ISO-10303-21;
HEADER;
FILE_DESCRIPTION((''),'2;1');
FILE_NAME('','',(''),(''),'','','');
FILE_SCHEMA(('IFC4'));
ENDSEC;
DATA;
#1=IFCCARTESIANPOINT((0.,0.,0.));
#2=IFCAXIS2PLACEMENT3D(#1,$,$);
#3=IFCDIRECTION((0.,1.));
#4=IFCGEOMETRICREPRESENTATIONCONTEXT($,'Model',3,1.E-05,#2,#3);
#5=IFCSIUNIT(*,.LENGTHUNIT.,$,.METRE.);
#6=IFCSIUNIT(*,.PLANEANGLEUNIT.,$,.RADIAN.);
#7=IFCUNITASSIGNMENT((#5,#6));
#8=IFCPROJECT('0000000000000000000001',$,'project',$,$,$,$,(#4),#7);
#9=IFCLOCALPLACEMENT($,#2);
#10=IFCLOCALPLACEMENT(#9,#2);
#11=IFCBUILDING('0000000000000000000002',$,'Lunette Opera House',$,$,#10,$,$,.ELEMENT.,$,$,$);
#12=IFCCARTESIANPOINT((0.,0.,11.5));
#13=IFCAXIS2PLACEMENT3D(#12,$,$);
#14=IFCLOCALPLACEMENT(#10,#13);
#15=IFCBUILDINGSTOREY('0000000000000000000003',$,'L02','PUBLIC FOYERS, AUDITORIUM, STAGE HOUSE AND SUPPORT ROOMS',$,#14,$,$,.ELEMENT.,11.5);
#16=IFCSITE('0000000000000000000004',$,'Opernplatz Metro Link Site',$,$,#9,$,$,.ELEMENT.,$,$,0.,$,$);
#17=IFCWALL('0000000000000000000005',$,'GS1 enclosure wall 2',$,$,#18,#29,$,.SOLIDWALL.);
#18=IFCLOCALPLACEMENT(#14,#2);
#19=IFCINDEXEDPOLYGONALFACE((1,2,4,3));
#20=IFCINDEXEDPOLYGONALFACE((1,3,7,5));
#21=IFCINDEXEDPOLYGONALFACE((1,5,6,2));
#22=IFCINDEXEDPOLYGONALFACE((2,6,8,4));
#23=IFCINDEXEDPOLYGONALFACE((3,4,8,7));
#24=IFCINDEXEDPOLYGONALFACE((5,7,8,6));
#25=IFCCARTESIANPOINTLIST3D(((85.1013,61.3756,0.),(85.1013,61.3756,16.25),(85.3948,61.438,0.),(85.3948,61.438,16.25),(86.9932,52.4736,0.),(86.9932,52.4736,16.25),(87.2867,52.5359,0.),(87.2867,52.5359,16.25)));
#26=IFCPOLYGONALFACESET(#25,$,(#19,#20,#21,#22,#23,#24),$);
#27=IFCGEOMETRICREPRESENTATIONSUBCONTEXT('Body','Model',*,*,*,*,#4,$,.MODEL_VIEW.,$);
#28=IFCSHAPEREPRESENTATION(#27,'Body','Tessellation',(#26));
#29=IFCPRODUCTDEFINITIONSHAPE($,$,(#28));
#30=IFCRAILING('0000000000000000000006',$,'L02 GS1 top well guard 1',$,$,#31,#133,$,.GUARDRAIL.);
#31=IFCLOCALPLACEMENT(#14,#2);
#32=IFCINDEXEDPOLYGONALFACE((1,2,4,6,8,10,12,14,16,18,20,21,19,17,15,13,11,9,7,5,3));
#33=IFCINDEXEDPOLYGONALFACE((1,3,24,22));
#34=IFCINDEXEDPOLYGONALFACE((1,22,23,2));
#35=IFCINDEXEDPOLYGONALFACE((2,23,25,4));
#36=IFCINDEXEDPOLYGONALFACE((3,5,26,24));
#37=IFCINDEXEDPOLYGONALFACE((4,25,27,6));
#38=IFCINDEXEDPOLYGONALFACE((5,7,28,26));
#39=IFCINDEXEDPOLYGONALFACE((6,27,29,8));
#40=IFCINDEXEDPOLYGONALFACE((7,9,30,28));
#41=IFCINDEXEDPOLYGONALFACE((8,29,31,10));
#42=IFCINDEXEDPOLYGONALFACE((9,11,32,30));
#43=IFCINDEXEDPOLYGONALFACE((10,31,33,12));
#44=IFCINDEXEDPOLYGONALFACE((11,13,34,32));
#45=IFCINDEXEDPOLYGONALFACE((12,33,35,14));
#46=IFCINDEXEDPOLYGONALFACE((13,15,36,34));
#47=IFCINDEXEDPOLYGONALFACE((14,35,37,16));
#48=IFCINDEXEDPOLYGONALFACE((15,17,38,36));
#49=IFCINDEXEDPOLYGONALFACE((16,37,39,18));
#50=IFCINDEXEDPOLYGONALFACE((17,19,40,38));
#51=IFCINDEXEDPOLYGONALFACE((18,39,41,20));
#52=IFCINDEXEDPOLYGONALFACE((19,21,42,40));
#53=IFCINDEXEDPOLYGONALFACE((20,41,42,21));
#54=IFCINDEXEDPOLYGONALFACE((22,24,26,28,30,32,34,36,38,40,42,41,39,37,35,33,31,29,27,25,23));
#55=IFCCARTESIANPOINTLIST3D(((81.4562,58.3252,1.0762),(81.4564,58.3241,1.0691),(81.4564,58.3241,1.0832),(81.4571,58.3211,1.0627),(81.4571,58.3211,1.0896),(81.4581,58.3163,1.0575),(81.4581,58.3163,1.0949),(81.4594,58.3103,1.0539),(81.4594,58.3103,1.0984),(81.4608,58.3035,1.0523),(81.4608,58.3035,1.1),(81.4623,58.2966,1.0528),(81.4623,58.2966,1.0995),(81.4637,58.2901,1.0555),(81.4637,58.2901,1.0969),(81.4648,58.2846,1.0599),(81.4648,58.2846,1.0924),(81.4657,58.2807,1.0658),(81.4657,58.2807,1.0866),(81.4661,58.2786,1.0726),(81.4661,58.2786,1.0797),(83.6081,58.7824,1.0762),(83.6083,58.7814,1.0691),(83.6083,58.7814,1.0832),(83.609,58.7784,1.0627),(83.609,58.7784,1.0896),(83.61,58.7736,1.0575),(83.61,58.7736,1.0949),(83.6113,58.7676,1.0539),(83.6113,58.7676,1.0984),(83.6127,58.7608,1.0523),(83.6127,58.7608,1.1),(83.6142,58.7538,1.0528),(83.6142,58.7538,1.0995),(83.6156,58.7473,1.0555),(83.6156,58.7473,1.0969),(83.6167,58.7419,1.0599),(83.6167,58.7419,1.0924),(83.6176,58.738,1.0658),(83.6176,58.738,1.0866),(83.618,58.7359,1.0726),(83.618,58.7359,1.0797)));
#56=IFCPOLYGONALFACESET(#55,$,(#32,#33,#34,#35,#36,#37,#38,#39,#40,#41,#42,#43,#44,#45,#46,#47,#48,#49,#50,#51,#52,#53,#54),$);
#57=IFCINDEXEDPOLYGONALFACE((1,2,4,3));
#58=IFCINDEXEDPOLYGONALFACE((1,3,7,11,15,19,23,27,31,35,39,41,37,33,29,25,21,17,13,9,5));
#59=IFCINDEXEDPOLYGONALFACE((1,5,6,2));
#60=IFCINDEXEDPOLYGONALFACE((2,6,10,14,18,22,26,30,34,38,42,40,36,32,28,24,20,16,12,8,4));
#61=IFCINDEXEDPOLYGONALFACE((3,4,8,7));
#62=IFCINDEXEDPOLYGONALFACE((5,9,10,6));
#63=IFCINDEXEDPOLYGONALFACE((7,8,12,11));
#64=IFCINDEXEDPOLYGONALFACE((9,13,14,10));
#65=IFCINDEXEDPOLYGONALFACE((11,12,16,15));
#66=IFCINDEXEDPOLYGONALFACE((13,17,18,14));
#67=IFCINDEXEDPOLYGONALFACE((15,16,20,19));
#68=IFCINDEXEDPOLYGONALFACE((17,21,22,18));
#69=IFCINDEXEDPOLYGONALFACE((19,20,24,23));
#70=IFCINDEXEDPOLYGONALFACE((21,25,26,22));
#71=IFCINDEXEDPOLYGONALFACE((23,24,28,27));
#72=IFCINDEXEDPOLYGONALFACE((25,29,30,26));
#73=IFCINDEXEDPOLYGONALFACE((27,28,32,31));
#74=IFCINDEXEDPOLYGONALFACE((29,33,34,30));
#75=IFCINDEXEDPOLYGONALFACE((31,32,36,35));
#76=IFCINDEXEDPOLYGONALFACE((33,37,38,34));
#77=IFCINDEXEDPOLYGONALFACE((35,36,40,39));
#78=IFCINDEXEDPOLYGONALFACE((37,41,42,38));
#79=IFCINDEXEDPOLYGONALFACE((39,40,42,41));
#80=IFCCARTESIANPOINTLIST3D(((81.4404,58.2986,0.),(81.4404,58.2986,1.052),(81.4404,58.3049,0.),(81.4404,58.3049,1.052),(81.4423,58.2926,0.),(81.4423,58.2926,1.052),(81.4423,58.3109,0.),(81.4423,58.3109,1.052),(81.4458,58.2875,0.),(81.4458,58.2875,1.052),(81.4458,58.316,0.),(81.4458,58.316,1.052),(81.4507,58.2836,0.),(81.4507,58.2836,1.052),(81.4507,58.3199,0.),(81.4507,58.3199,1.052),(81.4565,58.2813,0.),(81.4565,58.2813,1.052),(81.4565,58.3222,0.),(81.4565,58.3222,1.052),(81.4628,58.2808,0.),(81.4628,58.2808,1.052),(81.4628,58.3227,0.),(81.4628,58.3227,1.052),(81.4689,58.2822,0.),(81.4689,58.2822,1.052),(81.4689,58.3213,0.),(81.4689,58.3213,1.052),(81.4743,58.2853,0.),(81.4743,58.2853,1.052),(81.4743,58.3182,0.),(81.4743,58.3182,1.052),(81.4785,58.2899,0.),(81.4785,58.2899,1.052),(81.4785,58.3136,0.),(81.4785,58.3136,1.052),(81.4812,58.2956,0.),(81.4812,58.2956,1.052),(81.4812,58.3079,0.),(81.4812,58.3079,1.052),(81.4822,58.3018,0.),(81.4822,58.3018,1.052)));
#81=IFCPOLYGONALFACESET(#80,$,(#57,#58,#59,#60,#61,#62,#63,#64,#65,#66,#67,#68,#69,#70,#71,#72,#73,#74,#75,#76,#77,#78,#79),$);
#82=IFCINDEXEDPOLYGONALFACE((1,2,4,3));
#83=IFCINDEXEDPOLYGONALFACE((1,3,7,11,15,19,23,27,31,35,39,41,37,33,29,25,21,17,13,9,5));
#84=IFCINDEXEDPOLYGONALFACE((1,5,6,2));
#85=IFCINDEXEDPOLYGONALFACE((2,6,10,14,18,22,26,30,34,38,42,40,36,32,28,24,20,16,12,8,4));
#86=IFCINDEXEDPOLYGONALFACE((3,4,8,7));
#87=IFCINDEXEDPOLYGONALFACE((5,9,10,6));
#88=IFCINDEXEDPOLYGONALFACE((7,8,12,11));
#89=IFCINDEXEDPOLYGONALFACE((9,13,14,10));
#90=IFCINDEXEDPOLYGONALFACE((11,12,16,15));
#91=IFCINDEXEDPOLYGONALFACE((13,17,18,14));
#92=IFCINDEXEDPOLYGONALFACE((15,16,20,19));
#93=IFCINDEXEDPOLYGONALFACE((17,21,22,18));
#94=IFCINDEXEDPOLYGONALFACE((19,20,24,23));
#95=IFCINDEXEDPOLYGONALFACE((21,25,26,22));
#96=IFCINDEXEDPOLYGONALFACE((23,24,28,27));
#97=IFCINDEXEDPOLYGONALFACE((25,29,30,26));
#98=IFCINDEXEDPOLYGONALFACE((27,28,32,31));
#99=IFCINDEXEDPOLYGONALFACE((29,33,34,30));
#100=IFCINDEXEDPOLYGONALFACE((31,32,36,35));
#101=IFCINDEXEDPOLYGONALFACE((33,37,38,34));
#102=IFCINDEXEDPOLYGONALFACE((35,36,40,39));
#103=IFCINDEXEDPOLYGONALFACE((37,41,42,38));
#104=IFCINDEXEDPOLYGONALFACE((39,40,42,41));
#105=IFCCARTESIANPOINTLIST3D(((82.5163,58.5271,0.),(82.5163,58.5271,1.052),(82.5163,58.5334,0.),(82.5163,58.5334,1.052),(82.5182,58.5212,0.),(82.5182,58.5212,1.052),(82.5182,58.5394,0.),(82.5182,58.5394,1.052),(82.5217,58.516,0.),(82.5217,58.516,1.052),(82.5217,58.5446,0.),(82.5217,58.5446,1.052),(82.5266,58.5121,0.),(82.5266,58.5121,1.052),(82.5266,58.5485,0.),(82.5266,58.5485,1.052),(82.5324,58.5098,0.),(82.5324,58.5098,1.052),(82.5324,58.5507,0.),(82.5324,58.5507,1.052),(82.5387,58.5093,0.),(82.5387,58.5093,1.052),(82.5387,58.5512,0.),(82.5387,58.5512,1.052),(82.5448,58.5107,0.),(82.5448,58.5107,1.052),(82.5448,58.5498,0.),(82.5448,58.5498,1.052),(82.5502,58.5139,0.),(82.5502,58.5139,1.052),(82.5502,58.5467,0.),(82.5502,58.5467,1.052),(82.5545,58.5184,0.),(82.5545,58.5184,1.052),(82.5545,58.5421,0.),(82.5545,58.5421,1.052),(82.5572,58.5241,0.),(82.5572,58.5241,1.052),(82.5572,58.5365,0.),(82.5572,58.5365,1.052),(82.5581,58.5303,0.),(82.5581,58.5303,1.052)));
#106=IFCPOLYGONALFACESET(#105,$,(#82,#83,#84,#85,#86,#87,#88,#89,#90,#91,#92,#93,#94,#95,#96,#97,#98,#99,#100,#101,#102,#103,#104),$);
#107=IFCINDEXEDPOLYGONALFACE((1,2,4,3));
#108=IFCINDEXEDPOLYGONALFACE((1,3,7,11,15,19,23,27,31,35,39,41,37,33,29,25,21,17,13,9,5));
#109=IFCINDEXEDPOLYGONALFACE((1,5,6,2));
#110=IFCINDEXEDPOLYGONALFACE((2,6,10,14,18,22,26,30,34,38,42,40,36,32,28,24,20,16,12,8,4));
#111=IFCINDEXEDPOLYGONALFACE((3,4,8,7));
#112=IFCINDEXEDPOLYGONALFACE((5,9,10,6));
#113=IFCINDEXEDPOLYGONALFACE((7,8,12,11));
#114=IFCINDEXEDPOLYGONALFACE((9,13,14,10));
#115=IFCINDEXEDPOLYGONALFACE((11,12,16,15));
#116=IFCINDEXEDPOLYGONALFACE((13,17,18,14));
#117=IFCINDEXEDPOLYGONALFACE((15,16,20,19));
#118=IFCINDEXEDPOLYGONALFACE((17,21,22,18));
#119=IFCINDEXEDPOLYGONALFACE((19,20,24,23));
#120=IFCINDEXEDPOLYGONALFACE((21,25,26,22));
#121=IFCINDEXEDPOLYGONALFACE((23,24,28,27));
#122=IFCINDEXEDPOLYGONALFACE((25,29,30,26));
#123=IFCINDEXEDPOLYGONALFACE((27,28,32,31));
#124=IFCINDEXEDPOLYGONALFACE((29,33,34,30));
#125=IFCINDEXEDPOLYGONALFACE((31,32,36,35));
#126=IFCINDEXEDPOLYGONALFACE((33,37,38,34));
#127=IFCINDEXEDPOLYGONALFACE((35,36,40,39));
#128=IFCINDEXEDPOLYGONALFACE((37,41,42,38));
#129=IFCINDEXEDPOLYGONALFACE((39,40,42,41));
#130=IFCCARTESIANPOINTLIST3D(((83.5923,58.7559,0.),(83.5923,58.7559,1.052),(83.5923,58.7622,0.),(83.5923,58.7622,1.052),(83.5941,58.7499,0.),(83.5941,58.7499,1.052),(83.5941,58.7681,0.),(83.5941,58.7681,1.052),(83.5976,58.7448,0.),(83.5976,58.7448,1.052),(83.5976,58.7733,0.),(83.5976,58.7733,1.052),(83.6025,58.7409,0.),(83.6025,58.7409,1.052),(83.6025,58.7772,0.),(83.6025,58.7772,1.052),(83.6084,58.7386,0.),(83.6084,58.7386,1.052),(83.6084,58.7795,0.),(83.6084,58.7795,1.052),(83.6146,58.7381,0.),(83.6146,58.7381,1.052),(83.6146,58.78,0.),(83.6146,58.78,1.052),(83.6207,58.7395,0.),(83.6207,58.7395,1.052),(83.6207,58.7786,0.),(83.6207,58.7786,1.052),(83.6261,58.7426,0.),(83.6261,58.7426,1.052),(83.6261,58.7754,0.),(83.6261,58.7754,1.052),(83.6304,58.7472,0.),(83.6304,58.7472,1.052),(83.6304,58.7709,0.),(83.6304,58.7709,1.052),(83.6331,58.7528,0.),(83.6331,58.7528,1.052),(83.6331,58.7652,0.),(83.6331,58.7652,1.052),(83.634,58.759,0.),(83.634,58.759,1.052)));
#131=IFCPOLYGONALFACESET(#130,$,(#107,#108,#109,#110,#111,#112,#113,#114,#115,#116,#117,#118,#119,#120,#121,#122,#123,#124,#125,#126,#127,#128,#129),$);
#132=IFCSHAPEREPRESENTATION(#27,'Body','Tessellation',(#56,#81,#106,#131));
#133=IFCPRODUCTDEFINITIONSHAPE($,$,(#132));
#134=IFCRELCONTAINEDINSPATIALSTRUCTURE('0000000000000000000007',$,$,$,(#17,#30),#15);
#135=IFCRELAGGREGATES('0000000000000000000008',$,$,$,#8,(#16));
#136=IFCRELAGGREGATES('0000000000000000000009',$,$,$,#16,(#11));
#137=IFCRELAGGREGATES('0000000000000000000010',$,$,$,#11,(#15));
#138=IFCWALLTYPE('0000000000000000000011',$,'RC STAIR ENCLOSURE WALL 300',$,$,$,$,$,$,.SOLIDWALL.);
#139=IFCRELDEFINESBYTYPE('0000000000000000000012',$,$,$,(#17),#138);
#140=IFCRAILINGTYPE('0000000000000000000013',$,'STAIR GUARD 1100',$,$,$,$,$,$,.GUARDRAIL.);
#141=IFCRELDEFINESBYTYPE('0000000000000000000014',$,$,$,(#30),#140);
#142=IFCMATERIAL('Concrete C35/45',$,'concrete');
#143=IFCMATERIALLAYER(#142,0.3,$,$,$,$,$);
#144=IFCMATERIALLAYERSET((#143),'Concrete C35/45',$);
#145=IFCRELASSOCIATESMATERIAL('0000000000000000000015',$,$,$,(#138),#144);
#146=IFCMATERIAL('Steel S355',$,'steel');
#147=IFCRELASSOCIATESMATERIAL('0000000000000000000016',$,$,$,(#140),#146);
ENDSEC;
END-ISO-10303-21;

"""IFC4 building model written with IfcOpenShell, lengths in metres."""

from ifc_helpers import new_model, si_unit, direction, frame, frame_2d, origin, origin_2d, place, context, subcontext, project, spatial, rectangle, circle, extrude, material, layer, layer_set, type_object, element, save


model = new_model("IFC4")

# Units and contexts
model_context = context("Model", 3, precision=1e-05, world=origin(), true_north=direction((0.0, 1.0)))
body_context = subcontext(model_context, "Body", "Model", "MODEL_VIEW")
ifc_project = project(units=[si_unit("LENGTHUNIT", "METRE"), si_unit("PLANEANGLEUNIT", "RADIAN")], contexts=[model_context])

# Site, building, storey
site_placement = place(None, origin())
site = spatial("IfcSite", under=ifc_project, at=site_placement, Name="Opernplatz Metro Link Site", CompositionType="ELEMENT", RefElevation=0.0)
building_placement = place(site_placement, origin())
building = spatial("IfcBuilding", under=site, at=building_placement, Name="Lunette Opera House", CompositionType="ELEMENT")
storey_placement = place(building_placement, frame((0.0, 0.0, 11.5)))
storey = spatial("IfcBuildingStorey", under=building, at=storey_placement, Name="L02", Description="PUBLIC FOYERS, AUDITORIUM, STAGE HOUSE AND SUPPORT ROOMS", CompositionType="ELEMENT", Elevation=11.5)

# Wall
ifc_material_1 = material(Name="Concrete C35/45", Category="concrete")
ifc_layer_1 = layer(ifc_material_1, 0.3)
ifc_layer_set_1 = layer_set([ifc_layer_1], Name="Concrete C35/45")
wall_type_1 = type_object("IfcWallType", Name="RC STAIR ENCLOSURE WALL 300", PredefinedType="SOLIDWALL", material=ifc_layer_set_1)
wall_1_placement = place(storey_placement, frame((87.1399, 52.5049, 0.0), z_axis=(0.0, 0.0, 1.0), x_axis=(-0.207874, 0.978156, 0.0)))
element("IfcWall", 1, at=wall_1_placement, inside=storey, type_object=wall_type_1, Name="GS1 enclosure wall 2", PredefinedType="SOLIDWALL", context=body_context, shape_type="SweptSolid", body=[
    extrude(rectangle(XDim=9.1008, YDim=0.3, at=frame_2d((4.5503, 0.0))), origin(), (0.0, 0.0, 1.0), 16.25),
])

# Railing
ifc_material_2 = material(Name="Steel S355", Category="steel")
railing_type = type_object("IfcRailingType", Name="STAIR GUARD 1100", PredefinedType="GUARDRAIL", material=ifc_material_2)
railing_placement = place(storey_placement, frame((81.4612, 58.3018, 0.0)))
element("IfcRailing", 2, at=railing_placement, inside=storey, type_object=railing_type, Name="L02 GS1 top well guard 1", PredefinedType="GUARDRAIL", context=body_context, shape_type="SweptSolid", body=[
    extrude(circle(Radius=0.0239, at=origin_2d()), frame((0.0, 0.0, 1.0762), z_axis=(0.978158, 0.207861, 0.0), x_axis=(-0.207861, 0.978158, 0.0)), (0.0, 0.0, 1.0), 2.2),
    extrude(circle(Radius=0.021, at=origin_2d()), origin(), (0.0, 0.0, 1.0), 1.052),
    extrude(circle(Radius=0.021, at=origin_2d()), frame((1.0759, 0.2285, 0.0)), (0.0, 0.0, 1.0), 1.052),
    extrude(circle(Radius=0.021, at=origin_2d()), frame((2.1519, 0.4573, 0.0)), (0.0, 0.0, 1.0), 1.052),
])

save(model, "model.ifc")
